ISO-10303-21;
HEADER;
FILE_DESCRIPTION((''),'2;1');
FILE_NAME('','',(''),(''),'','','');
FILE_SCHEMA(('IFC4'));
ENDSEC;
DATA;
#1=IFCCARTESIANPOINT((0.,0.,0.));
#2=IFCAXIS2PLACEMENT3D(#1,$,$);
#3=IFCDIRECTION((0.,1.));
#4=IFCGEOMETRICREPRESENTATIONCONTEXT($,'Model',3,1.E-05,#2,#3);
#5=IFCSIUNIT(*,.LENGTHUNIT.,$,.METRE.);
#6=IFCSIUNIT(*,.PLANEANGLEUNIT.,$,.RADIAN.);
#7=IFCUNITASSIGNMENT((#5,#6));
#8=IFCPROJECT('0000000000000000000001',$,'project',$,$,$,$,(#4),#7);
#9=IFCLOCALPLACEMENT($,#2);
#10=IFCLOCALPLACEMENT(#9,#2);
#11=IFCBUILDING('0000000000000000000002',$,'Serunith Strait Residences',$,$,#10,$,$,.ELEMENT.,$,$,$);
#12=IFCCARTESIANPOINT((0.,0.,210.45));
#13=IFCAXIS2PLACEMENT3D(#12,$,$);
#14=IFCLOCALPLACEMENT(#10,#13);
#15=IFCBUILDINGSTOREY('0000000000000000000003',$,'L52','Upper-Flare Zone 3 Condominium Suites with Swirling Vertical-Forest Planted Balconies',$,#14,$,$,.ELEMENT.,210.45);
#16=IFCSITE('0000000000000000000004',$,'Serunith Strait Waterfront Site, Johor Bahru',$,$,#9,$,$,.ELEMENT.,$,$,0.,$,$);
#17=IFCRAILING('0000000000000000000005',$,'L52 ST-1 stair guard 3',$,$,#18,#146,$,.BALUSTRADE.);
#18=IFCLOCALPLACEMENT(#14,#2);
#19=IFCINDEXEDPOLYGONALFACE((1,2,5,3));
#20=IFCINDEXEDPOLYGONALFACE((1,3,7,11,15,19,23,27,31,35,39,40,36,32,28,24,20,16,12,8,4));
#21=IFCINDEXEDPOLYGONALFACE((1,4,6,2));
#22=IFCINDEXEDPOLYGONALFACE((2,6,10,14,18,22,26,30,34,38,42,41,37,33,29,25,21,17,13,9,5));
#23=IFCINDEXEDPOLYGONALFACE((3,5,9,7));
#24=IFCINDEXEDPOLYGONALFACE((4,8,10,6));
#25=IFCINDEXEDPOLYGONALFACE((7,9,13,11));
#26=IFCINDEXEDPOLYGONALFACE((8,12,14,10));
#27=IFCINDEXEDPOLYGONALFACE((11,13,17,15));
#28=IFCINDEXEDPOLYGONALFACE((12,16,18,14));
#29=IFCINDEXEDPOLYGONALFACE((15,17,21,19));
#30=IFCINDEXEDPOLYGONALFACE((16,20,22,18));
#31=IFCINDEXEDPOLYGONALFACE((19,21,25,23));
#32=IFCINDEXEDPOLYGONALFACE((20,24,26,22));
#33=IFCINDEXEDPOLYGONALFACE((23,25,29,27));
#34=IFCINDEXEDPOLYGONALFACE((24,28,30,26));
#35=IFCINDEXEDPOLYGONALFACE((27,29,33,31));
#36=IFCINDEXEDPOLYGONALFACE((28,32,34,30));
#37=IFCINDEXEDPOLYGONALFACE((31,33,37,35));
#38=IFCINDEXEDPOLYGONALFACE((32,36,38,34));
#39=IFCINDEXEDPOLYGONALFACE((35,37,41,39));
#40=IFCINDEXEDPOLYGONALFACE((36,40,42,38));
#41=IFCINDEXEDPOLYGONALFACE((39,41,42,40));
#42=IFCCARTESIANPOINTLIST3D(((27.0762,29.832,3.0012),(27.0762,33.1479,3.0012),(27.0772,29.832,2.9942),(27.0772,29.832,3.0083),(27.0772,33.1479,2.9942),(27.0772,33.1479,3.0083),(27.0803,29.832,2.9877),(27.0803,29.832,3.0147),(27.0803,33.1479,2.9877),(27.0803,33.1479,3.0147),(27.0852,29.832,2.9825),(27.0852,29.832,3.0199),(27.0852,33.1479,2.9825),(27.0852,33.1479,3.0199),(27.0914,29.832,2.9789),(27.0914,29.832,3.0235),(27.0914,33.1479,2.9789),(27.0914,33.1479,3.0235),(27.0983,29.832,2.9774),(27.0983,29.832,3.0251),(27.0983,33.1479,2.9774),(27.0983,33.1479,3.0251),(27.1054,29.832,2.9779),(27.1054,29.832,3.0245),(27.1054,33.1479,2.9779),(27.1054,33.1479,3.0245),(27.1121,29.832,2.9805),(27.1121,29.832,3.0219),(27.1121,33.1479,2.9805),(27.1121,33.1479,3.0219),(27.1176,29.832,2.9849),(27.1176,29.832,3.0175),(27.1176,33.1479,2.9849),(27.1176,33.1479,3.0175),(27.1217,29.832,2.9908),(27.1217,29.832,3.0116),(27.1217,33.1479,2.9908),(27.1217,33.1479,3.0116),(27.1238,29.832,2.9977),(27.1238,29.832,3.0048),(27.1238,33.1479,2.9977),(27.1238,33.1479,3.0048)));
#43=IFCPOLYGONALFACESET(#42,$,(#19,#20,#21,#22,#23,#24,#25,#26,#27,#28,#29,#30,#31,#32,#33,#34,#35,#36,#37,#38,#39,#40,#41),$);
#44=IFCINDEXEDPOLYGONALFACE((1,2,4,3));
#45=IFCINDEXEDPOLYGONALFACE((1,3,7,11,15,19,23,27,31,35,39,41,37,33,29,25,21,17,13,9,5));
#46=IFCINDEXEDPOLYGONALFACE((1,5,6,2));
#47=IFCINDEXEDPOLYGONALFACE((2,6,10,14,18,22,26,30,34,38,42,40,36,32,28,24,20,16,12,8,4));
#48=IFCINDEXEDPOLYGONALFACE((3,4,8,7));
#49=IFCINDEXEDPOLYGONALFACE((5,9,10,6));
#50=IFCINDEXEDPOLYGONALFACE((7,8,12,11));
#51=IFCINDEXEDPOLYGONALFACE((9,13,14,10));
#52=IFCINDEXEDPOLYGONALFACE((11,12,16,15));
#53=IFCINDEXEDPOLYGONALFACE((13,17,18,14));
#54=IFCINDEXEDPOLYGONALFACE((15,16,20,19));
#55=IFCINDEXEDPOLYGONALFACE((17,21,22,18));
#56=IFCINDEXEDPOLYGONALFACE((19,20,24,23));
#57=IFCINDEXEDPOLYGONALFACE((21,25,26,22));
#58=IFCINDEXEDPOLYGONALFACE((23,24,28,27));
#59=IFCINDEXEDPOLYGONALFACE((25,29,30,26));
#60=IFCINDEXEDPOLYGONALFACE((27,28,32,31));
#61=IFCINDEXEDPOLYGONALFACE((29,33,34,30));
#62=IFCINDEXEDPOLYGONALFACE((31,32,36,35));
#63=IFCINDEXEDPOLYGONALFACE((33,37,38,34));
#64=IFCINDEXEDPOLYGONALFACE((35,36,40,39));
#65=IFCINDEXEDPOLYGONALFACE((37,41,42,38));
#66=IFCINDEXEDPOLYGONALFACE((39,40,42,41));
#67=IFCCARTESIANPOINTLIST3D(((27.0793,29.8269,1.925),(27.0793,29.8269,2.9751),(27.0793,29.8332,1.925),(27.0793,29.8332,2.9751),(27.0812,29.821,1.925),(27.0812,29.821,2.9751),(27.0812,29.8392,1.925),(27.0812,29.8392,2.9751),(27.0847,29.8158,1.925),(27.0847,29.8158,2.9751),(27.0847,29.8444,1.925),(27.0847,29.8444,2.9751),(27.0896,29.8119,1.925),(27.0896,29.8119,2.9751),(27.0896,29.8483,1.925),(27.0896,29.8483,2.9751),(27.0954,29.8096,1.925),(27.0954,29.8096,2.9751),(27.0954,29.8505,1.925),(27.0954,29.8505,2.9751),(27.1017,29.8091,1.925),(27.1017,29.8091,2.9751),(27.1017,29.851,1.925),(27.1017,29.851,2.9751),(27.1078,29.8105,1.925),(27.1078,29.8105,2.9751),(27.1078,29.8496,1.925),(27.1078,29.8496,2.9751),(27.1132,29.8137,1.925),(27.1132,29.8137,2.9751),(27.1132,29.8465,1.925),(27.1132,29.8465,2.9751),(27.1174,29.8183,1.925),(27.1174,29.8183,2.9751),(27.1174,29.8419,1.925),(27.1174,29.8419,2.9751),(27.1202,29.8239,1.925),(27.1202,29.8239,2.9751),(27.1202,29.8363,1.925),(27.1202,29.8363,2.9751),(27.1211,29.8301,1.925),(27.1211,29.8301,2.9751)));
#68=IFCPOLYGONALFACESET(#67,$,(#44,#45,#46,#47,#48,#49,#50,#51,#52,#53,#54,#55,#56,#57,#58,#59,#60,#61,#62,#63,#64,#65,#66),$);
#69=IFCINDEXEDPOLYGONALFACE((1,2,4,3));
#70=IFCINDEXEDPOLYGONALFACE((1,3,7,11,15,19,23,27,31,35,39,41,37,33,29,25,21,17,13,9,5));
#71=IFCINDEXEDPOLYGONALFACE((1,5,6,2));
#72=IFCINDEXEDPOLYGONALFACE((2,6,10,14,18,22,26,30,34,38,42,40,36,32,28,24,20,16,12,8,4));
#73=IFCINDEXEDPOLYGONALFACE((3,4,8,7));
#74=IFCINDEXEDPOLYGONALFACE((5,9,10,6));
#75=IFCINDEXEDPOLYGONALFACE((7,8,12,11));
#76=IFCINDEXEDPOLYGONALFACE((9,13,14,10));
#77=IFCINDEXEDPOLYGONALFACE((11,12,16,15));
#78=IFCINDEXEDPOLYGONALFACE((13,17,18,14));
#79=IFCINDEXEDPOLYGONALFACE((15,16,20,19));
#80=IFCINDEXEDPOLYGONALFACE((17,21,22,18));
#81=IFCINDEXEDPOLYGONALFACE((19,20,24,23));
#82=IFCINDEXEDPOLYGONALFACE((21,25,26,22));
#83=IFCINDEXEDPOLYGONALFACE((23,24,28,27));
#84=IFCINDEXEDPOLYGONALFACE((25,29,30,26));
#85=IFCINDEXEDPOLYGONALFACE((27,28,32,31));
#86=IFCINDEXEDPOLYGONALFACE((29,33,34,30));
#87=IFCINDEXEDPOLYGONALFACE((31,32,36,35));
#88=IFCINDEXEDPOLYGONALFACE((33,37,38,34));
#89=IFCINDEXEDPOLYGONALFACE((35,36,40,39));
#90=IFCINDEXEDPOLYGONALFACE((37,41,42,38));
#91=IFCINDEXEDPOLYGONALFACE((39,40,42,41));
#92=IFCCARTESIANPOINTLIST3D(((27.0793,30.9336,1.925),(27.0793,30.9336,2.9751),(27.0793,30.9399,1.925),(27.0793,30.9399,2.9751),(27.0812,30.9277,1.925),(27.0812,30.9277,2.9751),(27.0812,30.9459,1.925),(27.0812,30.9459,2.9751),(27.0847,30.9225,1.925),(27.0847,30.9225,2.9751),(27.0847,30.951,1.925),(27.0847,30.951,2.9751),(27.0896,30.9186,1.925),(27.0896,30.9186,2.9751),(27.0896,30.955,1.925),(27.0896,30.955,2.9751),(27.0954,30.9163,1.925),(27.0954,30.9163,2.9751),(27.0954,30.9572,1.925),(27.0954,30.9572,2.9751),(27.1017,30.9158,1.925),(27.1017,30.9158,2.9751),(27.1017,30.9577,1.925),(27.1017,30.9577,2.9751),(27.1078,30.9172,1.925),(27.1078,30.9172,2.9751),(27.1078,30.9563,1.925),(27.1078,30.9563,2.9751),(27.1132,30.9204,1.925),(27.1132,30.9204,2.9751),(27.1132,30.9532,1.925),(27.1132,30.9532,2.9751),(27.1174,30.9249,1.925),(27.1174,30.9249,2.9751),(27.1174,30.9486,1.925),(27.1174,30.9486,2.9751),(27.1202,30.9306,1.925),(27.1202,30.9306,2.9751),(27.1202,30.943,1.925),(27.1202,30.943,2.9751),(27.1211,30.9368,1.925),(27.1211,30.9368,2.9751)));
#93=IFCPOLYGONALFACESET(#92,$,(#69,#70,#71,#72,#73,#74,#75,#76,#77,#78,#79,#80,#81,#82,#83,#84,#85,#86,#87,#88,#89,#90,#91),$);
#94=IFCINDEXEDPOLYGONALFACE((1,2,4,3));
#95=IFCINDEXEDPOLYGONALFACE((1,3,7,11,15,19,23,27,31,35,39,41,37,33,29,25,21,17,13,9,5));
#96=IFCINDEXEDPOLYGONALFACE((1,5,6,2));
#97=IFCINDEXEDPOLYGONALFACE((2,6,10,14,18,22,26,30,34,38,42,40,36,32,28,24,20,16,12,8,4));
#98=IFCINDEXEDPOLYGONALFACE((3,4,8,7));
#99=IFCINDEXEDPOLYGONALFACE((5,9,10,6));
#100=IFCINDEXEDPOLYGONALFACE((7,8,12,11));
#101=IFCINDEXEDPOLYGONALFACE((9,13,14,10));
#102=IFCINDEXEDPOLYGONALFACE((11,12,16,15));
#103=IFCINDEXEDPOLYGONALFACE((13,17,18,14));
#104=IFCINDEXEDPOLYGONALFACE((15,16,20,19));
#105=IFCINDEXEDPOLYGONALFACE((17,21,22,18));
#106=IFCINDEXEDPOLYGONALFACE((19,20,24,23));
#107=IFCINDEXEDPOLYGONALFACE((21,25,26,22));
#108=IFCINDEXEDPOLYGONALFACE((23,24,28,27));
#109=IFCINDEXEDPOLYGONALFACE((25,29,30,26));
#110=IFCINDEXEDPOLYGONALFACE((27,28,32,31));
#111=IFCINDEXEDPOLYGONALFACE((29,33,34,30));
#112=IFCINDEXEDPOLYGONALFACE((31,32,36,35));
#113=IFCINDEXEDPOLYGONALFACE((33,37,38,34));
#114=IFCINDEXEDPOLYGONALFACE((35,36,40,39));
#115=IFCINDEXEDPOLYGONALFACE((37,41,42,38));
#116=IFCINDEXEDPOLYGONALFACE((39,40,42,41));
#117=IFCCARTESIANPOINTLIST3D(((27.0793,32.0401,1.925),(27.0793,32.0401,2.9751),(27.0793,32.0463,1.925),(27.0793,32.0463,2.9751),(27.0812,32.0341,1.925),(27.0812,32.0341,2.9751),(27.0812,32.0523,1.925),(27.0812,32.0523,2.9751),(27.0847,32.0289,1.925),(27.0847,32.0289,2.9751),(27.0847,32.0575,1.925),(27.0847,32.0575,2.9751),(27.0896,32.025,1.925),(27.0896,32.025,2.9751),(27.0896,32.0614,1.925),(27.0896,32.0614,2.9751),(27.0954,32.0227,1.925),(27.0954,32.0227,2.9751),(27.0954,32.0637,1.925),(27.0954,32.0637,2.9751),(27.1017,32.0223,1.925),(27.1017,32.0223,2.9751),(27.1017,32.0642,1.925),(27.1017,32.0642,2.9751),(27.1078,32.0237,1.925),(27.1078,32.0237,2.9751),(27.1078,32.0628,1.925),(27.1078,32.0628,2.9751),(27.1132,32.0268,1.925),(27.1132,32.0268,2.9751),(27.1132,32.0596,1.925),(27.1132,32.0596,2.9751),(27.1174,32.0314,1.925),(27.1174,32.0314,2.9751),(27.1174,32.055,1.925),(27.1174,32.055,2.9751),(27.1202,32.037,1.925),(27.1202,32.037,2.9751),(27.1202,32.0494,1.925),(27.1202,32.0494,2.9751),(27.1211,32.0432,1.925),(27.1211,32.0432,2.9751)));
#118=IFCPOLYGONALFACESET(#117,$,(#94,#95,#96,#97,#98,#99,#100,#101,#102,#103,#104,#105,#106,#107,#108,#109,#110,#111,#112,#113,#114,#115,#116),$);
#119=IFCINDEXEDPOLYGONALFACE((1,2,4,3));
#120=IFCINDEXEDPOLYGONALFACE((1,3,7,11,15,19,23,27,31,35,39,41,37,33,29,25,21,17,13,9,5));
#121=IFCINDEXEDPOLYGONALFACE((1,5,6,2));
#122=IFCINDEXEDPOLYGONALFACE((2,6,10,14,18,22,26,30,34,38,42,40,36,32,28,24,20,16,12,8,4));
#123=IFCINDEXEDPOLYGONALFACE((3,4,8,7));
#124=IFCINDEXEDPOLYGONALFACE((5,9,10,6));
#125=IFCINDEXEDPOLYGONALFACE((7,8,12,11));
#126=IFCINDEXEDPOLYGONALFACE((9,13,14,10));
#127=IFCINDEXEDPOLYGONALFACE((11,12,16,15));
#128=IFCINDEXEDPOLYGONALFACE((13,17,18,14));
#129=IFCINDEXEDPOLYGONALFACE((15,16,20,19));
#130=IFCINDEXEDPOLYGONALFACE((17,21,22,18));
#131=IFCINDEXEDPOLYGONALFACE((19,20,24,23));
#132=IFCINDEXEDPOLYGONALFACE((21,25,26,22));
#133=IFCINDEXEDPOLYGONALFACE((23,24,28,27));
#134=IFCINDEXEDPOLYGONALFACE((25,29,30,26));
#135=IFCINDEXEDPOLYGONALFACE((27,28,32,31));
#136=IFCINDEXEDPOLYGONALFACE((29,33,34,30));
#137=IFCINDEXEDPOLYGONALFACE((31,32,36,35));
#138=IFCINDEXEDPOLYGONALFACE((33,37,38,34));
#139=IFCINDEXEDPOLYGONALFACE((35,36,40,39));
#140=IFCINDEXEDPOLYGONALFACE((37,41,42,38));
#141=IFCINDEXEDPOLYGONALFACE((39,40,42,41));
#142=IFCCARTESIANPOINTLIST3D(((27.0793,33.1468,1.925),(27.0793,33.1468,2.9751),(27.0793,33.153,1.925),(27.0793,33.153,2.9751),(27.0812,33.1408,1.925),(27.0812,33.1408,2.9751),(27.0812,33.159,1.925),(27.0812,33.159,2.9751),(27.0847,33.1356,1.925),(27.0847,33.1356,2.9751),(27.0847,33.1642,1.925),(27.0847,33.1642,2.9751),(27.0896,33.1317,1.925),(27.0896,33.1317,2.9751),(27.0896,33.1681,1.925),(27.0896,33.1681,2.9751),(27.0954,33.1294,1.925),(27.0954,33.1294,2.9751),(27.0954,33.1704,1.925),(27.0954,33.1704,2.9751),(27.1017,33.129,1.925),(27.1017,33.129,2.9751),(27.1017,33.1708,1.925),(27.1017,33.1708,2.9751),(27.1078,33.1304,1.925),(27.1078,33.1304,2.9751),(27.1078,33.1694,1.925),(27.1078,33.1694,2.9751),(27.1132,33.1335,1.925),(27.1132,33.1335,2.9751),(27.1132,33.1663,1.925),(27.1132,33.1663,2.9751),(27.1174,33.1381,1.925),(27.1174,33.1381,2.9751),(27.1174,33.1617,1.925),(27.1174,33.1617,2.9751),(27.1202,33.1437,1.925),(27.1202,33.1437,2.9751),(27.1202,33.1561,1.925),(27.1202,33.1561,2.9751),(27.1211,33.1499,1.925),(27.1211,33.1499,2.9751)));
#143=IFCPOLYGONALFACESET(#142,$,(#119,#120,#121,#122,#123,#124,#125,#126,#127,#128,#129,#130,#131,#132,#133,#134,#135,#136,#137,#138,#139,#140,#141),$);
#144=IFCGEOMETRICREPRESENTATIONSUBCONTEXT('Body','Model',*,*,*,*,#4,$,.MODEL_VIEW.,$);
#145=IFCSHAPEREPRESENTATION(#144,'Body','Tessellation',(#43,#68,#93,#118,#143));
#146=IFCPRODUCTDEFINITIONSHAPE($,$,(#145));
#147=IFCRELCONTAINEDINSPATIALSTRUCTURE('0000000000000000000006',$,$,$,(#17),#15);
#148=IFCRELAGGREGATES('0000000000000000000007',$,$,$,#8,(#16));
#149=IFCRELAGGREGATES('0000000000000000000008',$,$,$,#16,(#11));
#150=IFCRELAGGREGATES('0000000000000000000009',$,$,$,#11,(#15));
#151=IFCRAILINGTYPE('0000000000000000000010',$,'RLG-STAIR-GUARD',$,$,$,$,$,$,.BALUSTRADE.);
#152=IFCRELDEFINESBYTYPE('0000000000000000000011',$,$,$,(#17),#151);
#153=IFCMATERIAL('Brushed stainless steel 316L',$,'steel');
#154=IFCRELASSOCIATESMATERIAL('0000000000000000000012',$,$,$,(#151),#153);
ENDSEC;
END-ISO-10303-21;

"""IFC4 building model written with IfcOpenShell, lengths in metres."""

from ifc_helpers import new_model, si_unit, direction, frame, origin, origin_2d, place, context, subcontext, project, spatial, circle, extrude, material, type_object, element, save


model = new_model("IFC4")

# Units and contexts
model_context = context("Model", 3, precision=1e-05, world=origin(), true_north=direction((0.0, 1.0)))
body_context = subcontext(model_context, "Body", "Model", "MODEL_VIEW")
ifc_project = project(units=[si_unit("LENGTHUNIT", "METRE"), si_unit("PLANEANGLEUNIT", "RADIAN")], contexts=[model_context])

# Site, building, storey
site_placement = place(None, origin())
site = spatial("IfcSite", under=ifc_project, at=site_placement, Name="Serunith Strait Waterfront Site, Johor Bahru", CompositionType="ELEMENT", RefElevation=0.0)
building_placement = place(site_placement, origin())
building = spatial("IfcBuilding", under=site, at=building_placement, Name="Serunith Strait Residences", CompositionType="ELEMENT")
storey_placement = place(building_placement, frame((0.0, 0.0, 210.45)))
storey = spatial("IfcBuildingStorey", under=building, at=storey_placement, Name="L52", Description="Upper-Flare Zone 3 Condominium Suites with Swirling Vertical-Forest Planted Balconies", CompositionType="ELEMENT", Elevation=210.45)

# Railing
ifc_material_1 = material(Name="Brushed stainless steel 316L", Category="steel")
railing_type_1 = type_object("IfcRailingType", Name="RLG-STAIR-GUARD", PredefinedType="BALUSTRADE", material=ifc_material_1)
for number, where, name in (
    (1, (27.1001, 29.8301, 1.925), "L52 ST-1 stair guard 3"),
):
    element("IfcRailing", number, at=place(storey_placement, frame(where)), inside=storey, type_object=railing_type_1, Name=name, PredefinedType="BALUSTRADE", context=body_context, shape_type="SweptSolid", body=[
        extrude(circle(Radius=0.0239, at=origin_2d()), frame((0.0, 0.002, 1.0762), z_axis=(0.0, 1.0, 0.0), x_axis=(-1.0, 0.0, 0.0)), (0.0, 0.0, 1.0), 3.3159),
        extrude(circle(Radius=0.021, at=origin_2d()), origin(), (0.0, 0.0, 1.0), 1.05),
        extrude(circle(Radius=0.021, at=origin_2d()), frame((0.0, 1.1067, 0.0)), (0.0, 0.0, 1.0), 1.05),
        extrude(circle(Radius=0.021, at=origin_2d()), frame((0.0, 2.2131, 0.0)), (0.0, 0.0, 1.0), 1.05),
        extrude(circle(Radius=0.021, at=origin_2d()), frame((0.0, 3.3198, 0.0)), (0.0, 0.0, 1.0), 1.05),
    ])

save(model, "model.ifc")
